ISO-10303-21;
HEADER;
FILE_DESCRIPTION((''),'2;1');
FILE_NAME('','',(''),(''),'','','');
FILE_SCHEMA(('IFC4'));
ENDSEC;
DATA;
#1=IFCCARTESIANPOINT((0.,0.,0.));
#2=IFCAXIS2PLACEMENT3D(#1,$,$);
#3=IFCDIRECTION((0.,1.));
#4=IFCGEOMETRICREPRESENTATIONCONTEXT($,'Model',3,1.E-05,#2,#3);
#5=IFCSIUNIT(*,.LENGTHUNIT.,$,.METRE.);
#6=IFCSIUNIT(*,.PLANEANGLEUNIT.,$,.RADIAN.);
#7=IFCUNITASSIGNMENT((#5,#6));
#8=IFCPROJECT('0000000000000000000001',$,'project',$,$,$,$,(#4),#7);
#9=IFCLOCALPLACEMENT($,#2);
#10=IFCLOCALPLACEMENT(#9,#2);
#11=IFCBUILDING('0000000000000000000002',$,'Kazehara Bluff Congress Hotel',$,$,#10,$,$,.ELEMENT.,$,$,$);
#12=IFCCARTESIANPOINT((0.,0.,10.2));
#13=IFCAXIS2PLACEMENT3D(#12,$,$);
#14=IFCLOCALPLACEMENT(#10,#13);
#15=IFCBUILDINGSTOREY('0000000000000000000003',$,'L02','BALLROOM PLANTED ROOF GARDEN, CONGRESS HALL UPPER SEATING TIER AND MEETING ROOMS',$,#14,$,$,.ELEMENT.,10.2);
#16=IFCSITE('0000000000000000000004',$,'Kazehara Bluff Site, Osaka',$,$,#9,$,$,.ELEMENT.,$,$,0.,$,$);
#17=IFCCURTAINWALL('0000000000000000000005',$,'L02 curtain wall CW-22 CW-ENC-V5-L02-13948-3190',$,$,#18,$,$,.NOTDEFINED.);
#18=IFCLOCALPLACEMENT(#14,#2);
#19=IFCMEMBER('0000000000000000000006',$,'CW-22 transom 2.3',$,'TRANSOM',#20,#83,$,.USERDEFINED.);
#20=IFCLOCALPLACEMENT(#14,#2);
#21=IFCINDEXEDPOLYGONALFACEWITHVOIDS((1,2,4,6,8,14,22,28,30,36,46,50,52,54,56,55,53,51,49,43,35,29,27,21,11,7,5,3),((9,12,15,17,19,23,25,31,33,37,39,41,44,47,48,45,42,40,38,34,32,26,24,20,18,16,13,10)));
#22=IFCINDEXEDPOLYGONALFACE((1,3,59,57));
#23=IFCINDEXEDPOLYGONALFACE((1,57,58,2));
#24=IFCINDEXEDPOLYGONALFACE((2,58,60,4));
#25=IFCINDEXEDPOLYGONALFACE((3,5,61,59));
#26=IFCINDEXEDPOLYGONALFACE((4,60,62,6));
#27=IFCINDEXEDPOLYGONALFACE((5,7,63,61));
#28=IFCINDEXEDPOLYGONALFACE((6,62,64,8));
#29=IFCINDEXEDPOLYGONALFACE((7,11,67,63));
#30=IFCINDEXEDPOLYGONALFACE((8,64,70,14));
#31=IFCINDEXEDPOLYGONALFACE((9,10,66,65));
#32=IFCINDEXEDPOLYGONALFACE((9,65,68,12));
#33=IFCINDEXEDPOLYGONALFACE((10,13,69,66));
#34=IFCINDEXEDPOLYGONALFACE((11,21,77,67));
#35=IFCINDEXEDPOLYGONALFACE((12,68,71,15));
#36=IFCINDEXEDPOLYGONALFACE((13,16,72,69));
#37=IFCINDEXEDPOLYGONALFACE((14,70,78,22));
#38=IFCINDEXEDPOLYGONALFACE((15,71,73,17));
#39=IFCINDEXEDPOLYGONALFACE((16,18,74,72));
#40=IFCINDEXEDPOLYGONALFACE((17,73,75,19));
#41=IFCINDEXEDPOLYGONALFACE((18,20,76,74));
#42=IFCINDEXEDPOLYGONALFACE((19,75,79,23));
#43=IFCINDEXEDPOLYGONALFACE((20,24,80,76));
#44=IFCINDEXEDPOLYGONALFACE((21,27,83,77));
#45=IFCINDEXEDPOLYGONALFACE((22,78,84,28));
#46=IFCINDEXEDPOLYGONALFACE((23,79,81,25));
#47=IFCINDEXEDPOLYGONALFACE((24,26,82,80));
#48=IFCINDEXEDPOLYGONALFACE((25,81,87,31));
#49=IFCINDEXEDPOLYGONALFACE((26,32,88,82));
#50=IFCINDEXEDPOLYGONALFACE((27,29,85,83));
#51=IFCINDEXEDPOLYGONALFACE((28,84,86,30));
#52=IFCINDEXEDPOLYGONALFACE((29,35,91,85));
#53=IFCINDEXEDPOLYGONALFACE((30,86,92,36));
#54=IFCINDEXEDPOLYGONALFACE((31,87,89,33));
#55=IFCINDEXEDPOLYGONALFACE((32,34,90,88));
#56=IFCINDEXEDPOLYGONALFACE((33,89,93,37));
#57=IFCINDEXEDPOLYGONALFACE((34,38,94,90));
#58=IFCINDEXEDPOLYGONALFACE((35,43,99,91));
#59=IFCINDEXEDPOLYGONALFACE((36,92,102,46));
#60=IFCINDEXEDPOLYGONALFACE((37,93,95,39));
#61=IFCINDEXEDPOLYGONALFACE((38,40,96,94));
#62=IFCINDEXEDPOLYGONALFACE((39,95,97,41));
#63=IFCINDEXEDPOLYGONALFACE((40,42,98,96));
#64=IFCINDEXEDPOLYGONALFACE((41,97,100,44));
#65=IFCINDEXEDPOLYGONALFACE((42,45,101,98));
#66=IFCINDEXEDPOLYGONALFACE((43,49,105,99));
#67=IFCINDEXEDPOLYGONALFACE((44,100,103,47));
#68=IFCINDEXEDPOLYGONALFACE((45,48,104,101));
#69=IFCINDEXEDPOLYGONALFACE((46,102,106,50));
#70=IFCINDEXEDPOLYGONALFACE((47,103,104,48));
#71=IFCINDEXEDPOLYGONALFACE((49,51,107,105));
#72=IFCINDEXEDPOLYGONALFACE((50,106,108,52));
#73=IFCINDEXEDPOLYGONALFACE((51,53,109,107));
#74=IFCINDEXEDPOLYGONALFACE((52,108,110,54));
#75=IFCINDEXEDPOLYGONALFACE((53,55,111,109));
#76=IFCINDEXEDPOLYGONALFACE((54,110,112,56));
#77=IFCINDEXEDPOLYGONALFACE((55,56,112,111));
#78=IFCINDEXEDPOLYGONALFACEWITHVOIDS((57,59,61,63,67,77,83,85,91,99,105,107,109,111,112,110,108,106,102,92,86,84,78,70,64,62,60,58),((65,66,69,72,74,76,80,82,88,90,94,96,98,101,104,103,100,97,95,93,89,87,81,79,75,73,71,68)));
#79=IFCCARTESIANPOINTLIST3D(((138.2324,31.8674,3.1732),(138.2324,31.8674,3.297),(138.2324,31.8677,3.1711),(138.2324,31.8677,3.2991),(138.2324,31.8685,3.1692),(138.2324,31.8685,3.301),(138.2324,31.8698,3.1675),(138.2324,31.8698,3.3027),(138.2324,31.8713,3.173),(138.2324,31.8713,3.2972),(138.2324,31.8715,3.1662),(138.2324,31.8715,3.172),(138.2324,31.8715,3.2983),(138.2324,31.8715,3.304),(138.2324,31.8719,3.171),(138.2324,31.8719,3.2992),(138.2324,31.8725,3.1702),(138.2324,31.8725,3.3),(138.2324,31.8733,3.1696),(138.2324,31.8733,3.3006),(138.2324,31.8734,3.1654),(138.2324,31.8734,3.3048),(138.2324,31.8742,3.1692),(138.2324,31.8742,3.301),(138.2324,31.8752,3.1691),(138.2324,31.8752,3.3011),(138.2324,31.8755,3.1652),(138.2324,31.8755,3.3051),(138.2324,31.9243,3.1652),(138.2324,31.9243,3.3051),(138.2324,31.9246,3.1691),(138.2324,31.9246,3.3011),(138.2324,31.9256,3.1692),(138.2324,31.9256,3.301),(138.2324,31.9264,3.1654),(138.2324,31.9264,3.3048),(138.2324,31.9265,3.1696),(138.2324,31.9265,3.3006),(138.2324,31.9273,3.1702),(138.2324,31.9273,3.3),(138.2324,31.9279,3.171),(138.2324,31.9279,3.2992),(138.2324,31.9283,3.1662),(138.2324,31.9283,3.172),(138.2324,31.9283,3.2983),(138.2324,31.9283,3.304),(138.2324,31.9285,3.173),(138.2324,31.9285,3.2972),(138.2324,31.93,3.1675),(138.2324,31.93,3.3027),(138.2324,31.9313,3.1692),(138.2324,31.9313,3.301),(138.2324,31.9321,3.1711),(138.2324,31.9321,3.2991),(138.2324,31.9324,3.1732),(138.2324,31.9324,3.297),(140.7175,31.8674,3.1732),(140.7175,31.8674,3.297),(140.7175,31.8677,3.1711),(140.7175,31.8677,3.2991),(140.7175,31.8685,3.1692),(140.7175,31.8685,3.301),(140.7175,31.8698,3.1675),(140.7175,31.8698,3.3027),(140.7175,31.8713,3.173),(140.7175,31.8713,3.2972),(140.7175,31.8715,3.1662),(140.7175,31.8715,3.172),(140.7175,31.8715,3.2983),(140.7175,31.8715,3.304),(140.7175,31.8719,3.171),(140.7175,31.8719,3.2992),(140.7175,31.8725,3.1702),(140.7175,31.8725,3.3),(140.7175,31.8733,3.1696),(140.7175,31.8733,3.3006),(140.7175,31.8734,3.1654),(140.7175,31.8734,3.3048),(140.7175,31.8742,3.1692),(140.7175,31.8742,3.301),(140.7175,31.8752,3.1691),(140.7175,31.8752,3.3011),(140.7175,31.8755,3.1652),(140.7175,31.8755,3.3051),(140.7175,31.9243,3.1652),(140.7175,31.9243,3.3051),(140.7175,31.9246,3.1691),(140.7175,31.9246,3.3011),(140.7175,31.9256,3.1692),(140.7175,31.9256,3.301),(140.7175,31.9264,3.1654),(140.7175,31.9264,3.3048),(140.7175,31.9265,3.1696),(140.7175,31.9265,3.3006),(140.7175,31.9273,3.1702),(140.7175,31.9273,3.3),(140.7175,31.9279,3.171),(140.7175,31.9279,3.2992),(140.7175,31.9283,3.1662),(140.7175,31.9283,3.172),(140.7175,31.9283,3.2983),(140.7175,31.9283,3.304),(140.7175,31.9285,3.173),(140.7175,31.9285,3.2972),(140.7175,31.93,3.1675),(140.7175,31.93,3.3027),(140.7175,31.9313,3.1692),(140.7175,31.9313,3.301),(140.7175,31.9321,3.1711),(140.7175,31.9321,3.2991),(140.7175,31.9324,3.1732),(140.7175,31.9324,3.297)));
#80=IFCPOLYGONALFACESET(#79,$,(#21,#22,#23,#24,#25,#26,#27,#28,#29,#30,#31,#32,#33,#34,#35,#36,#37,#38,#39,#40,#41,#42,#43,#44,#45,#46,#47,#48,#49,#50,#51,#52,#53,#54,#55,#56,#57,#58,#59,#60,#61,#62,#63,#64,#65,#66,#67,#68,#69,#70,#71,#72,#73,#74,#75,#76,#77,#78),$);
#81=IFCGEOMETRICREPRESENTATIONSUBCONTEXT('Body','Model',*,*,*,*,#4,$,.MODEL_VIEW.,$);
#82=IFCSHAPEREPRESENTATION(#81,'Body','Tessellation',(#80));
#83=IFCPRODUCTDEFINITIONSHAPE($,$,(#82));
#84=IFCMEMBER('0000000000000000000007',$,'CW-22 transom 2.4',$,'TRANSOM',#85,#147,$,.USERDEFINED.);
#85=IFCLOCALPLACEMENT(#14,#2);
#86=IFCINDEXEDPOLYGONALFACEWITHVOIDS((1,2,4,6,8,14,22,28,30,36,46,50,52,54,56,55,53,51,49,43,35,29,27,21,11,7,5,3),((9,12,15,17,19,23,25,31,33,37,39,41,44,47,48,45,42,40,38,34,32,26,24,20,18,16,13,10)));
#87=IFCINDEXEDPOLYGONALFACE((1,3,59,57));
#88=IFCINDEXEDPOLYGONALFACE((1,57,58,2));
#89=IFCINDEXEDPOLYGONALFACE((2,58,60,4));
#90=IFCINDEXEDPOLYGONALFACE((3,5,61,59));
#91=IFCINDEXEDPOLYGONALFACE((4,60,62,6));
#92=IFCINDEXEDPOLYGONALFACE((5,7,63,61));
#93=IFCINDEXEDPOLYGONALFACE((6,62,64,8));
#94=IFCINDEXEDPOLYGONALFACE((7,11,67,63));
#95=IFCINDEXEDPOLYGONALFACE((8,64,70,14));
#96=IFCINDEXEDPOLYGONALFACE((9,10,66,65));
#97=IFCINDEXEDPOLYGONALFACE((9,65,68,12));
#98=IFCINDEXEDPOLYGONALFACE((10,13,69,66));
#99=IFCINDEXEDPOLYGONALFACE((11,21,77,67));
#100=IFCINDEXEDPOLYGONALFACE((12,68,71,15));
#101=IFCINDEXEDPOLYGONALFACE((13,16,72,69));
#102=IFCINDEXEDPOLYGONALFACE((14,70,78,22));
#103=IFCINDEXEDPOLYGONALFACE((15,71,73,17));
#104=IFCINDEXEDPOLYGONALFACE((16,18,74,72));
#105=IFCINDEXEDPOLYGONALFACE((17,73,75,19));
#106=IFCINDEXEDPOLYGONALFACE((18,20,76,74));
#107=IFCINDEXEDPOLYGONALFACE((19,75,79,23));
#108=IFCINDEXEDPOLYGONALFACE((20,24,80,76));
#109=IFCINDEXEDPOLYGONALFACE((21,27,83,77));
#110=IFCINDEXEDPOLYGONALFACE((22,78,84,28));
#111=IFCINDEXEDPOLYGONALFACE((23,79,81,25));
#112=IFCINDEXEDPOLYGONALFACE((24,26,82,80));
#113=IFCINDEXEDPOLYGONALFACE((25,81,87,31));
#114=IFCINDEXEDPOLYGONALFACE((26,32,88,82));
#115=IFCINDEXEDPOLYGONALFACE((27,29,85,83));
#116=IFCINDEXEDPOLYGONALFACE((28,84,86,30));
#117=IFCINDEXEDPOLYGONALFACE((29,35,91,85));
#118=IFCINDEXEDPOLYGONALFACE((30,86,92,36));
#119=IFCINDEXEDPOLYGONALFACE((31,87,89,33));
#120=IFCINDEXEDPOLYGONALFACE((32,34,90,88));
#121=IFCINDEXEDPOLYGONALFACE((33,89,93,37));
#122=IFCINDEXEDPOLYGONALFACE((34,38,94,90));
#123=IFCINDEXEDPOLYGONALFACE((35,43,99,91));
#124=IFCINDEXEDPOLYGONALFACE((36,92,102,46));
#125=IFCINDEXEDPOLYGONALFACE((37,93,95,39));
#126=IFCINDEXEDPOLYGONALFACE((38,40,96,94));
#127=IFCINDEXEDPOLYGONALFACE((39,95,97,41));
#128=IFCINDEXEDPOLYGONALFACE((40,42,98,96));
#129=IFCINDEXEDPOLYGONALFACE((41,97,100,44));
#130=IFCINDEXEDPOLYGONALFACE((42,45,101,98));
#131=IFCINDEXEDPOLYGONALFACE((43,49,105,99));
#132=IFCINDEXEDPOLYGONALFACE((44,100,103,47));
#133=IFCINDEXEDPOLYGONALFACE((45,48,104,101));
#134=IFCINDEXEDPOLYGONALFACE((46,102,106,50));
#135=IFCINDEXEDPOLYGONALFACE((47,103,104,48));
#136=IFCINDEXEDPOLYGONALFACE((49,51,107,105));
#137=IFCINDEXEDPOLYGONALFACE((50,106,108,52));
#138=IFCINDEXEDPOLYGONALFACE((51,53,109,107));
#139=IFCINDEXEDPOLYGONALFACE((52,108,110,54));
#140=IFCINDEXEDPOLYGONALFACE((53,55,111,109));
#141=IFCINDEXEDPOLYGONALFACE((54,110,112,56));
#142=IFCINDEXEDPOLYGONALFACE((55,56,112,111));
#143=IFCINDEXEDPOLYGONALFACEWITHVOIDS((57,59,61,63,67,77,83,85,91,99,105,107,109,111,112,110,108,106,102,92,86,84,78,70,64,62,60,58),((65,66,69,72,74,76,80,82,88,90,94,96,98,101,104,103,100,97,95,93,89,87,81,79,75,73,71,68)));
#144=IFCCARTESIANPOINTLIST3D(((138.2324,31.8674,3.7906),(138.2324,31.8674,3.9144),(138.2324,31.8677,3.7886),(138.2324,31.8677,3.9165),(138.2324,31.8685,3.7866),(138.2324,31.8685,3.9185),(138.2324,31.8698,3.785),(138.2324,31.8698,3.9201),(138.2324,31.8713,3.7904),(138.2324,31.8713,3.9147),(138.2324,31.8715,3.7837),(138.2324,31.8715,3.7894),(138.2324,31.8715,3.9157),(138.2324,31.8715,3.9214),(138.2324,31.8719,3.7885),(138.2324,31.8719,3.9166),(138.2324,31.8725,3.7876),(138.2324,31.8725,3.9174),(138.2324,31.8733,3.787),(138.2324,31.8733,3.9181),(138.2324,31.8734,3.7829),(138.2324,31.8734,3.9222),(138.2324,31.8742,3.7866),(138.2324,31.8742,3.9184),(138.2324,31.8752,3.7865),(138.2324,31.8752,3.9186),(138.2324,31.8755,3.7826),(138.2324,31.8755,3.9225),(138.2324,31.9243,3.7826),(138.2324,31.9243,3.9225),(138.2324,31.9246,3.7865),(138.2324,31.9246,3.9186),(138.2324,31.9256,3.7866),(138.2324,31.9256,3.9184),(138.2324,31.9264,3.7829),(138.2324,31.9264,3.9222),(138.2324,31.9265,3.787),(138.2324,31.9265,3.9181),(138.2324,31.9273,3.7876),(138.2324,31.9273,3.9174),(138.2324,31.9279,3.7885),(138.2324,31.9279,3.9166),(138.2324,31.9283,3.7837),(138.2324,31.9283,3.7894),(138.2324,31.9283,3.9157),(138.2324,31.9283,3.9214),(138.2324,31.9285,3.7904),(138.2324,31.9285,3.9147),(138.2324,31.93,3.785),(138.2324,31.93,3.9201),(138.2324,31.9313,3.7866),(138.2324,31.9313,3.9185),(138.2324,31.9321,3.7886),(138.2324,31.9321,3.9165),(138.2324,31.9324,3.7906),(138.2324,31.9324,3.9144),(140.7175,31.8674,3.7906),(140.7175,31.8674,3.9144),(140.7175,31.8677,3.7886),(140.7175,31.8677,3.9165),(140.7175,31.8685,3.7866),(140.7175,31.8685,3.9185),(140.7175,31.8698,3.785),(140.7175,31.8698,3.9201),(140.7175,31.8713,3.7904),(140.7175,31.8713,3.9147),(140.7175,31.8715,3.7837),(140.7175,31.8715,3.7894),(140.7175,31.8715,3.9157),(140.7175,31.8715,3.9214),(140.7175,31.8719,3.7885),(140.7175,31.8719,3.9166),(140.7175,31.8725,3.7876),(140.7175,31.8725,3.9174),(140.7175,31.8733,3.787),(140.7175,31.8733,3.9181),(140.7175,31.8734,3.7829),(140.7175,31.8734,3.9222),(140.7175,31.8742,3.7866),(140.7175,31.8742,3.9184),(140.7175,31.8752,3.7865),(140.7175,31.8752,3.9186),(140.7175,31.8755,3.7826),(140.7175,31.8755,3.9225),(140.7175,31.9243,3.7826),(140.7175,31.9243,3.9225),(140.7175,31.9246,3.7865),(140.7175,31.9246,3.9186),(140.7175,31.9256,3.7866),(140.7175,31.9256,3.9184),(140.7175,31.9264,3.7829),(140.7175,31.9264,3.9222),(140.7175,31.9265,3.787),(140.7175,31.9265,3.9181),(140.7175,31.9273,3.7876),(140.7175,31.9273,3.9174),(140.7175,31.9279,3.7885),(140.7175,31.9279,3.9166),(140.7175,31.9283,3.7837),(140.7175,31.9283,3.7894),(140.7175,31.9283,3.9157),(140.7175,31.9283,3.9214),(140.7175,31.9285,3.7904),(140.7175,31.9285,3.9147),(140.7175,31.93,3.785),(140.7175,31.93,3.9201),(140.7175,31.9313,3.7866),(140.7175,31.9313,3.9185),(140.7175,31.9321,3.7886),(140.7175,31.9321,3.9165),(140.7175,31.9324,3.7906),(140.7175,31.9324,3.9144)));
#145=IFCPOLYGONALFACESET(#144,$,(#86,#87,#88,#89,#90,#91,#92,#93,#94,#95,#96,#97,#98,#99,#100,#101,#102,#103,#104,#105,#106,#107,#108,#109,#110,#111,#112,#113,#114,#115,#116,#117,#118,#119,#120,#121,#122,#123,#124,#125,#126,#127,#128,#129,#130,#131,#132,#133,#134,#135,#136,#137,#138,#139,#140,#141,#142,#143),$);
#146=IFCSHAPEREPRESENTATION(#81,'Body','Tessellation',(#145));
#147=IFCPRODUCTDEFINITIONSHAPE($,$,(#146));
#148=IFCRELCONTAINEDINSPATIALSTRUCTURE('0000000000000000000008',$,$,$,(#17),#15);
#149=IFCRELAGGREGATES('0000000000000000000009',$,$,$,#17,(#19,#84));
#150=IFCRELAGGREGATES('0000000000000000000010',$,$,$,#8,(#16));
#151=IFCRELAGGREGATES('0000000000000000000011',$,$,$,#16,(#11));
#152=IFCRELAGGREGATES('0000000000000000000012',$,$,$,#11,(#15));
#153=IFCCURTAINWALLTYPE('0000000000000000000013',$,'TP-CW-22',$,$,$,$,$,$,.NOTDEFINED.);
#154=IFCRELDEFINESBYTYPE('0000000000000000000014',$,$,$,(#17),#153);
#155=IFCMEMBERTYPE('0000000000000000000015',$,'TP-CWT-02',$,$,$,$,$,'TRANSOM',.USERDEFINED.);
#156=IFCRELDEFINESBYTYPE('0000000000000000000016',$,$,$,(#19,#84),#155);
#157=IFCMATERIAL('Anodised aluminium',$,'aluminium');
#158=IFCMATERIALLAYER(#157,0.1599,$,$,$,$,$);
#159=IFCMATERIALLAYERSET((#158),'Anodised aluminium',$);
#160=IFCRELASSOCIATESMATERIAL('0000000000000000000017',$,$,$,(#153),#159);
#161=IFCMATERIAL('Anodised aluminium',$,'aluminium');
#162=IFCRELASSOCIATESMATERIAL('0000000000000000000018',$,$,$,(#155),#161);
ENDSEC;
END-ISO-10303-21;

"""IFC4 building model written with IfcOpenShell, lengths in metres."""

from ifc_helpers import new_model, si_unit, direction, frame, origin, origin_2d, place, context, subcontext, project, spatial, hollow_rectangle, extrude, material, layer, layer_set, material_profile, profile_set, type_object, element, aggregate, save


model = new_model("IFC4")

# Units and contexts
model_context = context("Model", 3, precision=1e-05, world=origin(), true_north=direction((0.0, 1.0)))
body_context = subcontext(model_context, "Body", "Model", "MODEL_VIEW")
ifc_project = project(units=[si_unit("LENGTHUNIT", "METRE"), si_unit("PLANEANGLEUNIT", "RADIAN")], contexts=[model_context])

# Site, building, storey
site_placement = place(None, origin())
site = spatial("IfcSite", under=ifc_project, at=site_placement, Name="Kazehara Bluff Site, Osaka", CompositionType="ELEMENT", RefElevation=0.0)
building_placement = place(site_placement, origin())
building = spatial("IfcBuilding", under=site, at=building_placement, Name="Kazehara Bluff Congress Hotel", CompositionType="ELEMENT")
storey_placement = place(building_placement, frame((0.0, 0.0, 10.2)))
storey = spatial("IfcBuildingStorey", under=building, at=storey_placement, Name="L02", Description="BALLROOM PLANTED ROOF GARDEN, CONGRESS HALL UPPER SEATING TIER AND MEETING ROOMS", CompositionType="ELEMENT", Elevation=10.2)

# Shared definitions
ifc_material_1 = material(Name="Anodised aluminium", Category="aluminium")
ifc_layer_1 = layer(ifc_material_1, 0.1599)
ifc_layer_set_1 = layer_set([ifc_layer_1], Name="Anodised aluminium")
curtain_wall_type = type_object("IfcCurtainWallType", Name="TP-CW-22", PredefinedType="NOTDEFINED", material=ifc_layer_set_1)

# Curtain wall, members
curtain_wall_1_placement = place(storey_placement, origin())
curtain_wall_1 = element("IfcCurtainWall", 1, at=curtain_wall_1_placement, inside=storey, type_object=curtain_wall_type, Name="L02 curtain wall CW-22 CW-ENC-V5-L02-13948-3190", PredefinedType="NOTDEFINED")
ifc_material_2 = material(Name="Anodised aluminium", Category="aluminium")
ifc_material_profile_1 = material_profile(ifc_material_2, hollow_rectangle(XDim=0.0649, YDim=0.1399, WallThickness=0.0039, InnerFilletRadius=0.0039, OuterFilletRadius=0.0081, at=origin_2d()))
ifc_profile_set_1 = profile_set([ifc_material_profile_1], Name="Anodised aluminium")
member_type_1 = type_object("IfcMemberType", Name="TP-CWT-02", ElementType="TRANSOM", PredefinedType="USERDEFINED", material=ifc_profile_set_1)
member_1_placement = place(storey_placement, frame((138.2324, 31.8999, 3.2351), z_axis=(1.0, 0.0, 0.0), x_axis=(0.0, 1.0, 0.0)))
member_1 = element("IfcMember", 2, at=member_1_placement, type_object=member_type_1, Name="CW-22 transom 2.3", ObjectType="TRANSOM", PredefinedType="USERDEFINED", context=body_context, shape_type="SweptSolid", body=[
    extrude(hollow_rectangle(XDim=0.0649, YDim=0.1399, WallThickness=0.0039, InnerFilletRadius=0.0039, OuterFilletRadius=0.0081, at=origin_2d()), origin(), (0.0, 0.0, 1.0), 2.4851),
])
member_2_placement = place(storey_placement, frame((138.2324, 31.8999, 3.8525), z_axis=(1.0, 0.0, 0.0), x_axis=(0.0, 1.0, 0.0)))
member_2 = element("IfcMember", 3, at=member_2_placement, type_object=member_type_1, Name="CW-22 transom 2.4", ObjectType="TRANSOM", PredefinedType="USERDEFINED", context=body_context, shape_type="SweptSolid", body=[
    extrude(hollow_rectangle(XDim=0.0649, YDim=0.1399, WallThickness=0.0039, InnerFilletRadius=0.0039, OuterFilletRadius=0.0081, at=origin_2d()), origin(), (0.0, 0.0, 1.0), 2.4851),
])
aggregate(curtain_wall_1, [member_1, member_2])

save(model, "model.ifc")
